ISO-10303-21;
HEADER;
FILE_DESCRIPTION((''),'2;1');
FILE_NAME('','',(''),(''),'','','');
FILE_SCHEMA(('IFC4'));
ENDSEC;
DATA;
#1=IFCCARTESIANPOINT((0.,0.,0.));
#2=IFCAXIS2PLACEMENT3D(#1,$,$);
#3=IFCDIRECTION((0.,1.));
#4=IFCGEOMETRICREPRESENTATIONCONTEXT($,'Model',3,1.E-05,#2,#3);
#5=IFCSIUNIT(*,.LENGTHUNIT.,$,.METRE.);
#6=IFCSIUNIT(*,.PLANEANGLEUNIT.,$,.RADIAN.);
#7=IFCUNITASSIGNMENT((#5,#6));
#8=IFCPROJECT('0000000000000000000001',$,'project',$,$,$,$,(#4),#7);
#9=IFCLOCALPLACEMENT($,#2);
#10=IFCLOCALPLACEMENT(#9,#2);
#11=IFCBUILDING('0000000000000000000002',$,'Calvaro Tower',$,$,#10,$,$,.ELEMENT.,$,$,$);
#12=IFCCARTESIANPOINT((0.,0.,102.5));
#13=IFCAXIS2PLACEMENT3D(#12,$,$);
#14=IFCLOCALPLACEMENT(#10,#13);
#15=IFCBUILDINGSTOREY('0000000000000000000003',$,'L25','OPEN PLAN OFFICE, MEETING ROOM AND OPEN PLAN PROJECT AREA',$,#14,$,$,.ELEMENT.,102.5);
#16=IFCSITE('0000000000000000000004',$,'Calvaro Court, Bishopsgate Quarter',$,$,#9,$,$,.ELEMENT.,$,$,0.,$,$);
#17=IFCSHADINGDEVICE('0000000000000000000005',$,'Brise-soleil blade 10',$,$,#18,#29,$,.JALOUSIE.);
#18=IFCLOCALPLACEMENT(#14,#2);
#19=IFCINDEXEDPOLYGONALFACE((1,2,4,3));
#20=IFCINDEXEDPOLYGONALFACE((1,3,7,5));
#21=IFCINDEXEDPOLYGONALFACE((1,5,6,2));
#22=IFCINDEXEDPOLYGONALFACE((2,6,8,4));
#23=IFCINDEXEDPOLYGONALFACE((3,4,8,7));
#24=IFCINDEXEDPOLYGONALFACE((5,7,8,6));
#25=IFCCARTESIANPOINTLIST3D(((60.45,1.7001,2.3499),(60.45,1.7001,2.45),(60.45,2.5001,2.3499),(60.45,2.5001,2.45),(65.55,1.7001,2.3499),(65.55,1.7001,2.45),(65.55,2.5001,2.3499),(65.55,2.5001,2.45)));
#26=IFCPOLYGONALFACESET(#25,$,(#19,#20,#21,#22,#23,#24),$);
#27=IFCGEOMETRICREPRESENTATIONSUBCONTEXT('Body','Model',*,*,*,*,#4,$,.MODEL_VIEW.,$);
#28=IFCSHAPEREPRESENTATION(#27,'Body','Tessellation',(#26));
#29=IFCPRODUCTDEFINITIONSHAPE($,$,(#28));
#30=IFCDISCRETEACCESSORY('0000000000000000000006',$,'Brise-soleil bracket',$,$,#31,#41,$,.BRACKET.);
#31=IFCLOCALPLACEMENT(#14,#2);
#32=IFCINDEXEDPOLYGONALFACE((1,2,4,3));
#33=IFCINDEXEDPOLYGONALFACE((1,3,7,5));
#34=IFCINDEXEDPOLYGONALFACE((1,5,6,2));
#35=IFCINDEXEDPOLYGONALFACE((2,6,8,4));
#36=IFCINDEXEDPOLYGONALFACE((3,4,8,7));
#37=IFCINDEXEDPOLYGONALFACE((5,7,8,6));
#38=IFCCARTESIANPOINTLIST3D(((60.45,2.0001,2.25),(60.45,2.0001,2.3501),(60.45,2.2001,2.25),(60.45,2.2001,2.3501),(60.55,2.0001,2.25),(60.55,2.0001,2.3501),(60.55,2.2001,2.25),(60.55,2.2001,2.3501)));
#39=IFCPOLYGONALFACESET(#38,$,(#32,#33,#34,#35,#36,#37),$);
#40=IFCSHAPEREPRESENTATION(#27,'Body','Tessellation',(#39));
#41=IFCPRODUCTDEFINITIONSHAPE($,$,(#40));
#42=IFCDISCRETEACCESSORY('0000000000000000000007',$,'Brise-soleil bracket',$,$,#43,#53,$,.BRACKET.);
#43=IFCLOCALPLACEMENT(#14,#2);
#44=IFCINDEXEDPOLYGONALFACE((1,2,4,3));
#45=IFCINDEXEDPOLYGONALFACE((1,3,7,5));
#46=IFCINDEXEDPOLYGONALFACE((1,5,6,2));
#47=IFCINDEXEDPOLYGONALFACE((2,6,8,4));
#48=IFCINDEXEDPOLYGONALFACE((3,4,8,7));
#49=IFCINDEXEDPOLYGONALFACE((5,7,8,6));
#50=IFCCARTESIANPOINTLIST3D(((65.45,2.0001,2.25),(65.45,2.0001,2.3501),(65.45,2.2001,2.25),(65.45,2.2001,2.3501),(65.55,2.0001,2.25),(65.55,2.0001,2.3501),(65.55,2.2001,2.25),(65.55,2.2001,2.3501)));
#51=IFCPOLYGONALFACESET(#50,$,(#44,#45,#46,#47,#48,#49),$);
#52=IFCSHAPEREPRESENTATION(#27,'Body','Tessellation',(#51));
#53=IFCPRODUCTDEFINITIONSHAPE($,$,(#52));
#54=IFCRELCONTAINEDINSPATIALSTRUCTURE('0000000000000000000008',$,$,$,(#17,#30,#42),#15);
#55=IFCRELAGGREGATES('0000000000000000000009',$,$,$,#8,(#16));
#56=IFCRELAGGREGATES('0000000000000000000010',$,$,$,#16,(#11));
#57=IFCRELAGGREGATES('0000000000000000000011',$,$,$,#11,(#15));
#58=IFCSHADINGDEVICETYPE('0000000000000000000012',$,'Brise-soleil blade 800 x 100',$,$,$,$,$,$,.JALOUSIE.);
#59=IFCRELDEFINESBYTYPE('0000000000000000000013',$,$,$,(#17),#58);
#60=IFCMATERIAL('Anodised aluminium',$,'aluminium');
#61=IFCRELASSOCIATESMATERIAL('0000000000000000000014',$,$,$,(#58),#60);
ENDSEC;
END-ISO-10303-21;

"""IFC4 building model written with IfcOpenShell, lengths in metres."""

from ifc_helpers import new_model, si_unit, direction, frame, origin, origin_2d, place, context, subcontext, project, spatial, rectangle, extrude, material, material_profile, profile_set, type_object, element, save


model = new_model("IFC4")

# Units and contexts
model_context = context("Model", 3, precision=1e-05, world=origin(), true_north=direction((0.0, 1.0)))
body_context = subcontext(model_context, "Body", "Model", "MODEL_VIEW")
ifc_project = project(units=[si_unit("LENGTHUNIT", "METRE"), si_unit("PLANEANGLEUNIT", "RADIAN")], contexts=[model_context])

# Site, building, storey
site_placement = place(None, origin())
site = spatial("IfcSite", under=ifc_project, at=site_placement, Name="Calvaro Court, Bishopsgate Quarter", CompositionType="ELEMENT", RefElevation=0.0)
building_placement = place(site_placement, origin())
building = spatial("IfcBuilding", under=site, at=building_placement, Name="Calvaro Tower", CompositionType="ELEMENT")
storey_placement = place(building_placement, frame((0.0, 0.0, 102.5)))
storey = spatial("IfcBuildingStorey", under=building, at=storey_placement, Name="L25", Description="OPEN PLAN OFFICE, MEETING ROOM AND OPEN PLAN PROJECT AREA", CompositionType="ELEMENT", Elevation=102.5)

# Shading device
ifc_material_1 = material(Name="Anodised aluminium", Category="aluminium")
ifc_material_profile_1 = material_profile(ifc_material_1, rectangle(XDim=0.8, YDim=0.1001, at=origin_2d()), Name="Brise-soleil blade 800 x 100")
ifc_profile_set_1 = profile_set([ifc_material_profile_1], Name="Anodised aluminium")
shading_device_type = type_object("IfcShadingDeviceType", Name="Brise-soleil blade 800 x 100", PredefinedType="JALOUSIE", material=ifc_profile_set_1)
shading_device_placement = place(storey_placement, frame((60.45, 2.1001, 2.3999), z_axis=(1.0, 0.0, 0.0), x_axis=(0.0, 1.0, 0.0)))
element("IfcShadingDevice", 1, at=shading_device_placement, inside=storey, type_object=shading_device_type, Name="Brise-soleil blade 10", PredefinedType="JALOUSIE", context=body_context, shape_type="SweptSolid", body=[
    extrude(rectangle(XDim=0.8, YDim=0.1001, at=origin_2d()), origin(), (0.0, 0.0, 1.0), 5.1001),
])

# Discrete accessories
for number, where, z_axis, x_axis, name in (
    (2, (60.5, 2.1001, 2.25), (0.0, 0.0, 1.0), (1.0, 0.0, 0.0), "Brise-soleil bracket"),
    (3, (65.5, 2.1001, 2.25), (0.0, 0.0, 1.0), (1.0, 0.0, 0.0), "Brise-soleil bracket"),
):
    element("IfcDiscreteAccessory", number, at=place(storey_placement, frame(where, z_axis=z_axis, x_axis=x_axis)), inside=storey, Name=name, PredefinedType="BRACKET", context=body_context, shape_type="SweptSolid", body=[
        extrude(rectangle(XDim=0.1001, YDim=0.2, at=origin_2d()), origin(), (0.0, 0.0, 1.0), 0.1001),
    ])

save(model, "model.ifc")
